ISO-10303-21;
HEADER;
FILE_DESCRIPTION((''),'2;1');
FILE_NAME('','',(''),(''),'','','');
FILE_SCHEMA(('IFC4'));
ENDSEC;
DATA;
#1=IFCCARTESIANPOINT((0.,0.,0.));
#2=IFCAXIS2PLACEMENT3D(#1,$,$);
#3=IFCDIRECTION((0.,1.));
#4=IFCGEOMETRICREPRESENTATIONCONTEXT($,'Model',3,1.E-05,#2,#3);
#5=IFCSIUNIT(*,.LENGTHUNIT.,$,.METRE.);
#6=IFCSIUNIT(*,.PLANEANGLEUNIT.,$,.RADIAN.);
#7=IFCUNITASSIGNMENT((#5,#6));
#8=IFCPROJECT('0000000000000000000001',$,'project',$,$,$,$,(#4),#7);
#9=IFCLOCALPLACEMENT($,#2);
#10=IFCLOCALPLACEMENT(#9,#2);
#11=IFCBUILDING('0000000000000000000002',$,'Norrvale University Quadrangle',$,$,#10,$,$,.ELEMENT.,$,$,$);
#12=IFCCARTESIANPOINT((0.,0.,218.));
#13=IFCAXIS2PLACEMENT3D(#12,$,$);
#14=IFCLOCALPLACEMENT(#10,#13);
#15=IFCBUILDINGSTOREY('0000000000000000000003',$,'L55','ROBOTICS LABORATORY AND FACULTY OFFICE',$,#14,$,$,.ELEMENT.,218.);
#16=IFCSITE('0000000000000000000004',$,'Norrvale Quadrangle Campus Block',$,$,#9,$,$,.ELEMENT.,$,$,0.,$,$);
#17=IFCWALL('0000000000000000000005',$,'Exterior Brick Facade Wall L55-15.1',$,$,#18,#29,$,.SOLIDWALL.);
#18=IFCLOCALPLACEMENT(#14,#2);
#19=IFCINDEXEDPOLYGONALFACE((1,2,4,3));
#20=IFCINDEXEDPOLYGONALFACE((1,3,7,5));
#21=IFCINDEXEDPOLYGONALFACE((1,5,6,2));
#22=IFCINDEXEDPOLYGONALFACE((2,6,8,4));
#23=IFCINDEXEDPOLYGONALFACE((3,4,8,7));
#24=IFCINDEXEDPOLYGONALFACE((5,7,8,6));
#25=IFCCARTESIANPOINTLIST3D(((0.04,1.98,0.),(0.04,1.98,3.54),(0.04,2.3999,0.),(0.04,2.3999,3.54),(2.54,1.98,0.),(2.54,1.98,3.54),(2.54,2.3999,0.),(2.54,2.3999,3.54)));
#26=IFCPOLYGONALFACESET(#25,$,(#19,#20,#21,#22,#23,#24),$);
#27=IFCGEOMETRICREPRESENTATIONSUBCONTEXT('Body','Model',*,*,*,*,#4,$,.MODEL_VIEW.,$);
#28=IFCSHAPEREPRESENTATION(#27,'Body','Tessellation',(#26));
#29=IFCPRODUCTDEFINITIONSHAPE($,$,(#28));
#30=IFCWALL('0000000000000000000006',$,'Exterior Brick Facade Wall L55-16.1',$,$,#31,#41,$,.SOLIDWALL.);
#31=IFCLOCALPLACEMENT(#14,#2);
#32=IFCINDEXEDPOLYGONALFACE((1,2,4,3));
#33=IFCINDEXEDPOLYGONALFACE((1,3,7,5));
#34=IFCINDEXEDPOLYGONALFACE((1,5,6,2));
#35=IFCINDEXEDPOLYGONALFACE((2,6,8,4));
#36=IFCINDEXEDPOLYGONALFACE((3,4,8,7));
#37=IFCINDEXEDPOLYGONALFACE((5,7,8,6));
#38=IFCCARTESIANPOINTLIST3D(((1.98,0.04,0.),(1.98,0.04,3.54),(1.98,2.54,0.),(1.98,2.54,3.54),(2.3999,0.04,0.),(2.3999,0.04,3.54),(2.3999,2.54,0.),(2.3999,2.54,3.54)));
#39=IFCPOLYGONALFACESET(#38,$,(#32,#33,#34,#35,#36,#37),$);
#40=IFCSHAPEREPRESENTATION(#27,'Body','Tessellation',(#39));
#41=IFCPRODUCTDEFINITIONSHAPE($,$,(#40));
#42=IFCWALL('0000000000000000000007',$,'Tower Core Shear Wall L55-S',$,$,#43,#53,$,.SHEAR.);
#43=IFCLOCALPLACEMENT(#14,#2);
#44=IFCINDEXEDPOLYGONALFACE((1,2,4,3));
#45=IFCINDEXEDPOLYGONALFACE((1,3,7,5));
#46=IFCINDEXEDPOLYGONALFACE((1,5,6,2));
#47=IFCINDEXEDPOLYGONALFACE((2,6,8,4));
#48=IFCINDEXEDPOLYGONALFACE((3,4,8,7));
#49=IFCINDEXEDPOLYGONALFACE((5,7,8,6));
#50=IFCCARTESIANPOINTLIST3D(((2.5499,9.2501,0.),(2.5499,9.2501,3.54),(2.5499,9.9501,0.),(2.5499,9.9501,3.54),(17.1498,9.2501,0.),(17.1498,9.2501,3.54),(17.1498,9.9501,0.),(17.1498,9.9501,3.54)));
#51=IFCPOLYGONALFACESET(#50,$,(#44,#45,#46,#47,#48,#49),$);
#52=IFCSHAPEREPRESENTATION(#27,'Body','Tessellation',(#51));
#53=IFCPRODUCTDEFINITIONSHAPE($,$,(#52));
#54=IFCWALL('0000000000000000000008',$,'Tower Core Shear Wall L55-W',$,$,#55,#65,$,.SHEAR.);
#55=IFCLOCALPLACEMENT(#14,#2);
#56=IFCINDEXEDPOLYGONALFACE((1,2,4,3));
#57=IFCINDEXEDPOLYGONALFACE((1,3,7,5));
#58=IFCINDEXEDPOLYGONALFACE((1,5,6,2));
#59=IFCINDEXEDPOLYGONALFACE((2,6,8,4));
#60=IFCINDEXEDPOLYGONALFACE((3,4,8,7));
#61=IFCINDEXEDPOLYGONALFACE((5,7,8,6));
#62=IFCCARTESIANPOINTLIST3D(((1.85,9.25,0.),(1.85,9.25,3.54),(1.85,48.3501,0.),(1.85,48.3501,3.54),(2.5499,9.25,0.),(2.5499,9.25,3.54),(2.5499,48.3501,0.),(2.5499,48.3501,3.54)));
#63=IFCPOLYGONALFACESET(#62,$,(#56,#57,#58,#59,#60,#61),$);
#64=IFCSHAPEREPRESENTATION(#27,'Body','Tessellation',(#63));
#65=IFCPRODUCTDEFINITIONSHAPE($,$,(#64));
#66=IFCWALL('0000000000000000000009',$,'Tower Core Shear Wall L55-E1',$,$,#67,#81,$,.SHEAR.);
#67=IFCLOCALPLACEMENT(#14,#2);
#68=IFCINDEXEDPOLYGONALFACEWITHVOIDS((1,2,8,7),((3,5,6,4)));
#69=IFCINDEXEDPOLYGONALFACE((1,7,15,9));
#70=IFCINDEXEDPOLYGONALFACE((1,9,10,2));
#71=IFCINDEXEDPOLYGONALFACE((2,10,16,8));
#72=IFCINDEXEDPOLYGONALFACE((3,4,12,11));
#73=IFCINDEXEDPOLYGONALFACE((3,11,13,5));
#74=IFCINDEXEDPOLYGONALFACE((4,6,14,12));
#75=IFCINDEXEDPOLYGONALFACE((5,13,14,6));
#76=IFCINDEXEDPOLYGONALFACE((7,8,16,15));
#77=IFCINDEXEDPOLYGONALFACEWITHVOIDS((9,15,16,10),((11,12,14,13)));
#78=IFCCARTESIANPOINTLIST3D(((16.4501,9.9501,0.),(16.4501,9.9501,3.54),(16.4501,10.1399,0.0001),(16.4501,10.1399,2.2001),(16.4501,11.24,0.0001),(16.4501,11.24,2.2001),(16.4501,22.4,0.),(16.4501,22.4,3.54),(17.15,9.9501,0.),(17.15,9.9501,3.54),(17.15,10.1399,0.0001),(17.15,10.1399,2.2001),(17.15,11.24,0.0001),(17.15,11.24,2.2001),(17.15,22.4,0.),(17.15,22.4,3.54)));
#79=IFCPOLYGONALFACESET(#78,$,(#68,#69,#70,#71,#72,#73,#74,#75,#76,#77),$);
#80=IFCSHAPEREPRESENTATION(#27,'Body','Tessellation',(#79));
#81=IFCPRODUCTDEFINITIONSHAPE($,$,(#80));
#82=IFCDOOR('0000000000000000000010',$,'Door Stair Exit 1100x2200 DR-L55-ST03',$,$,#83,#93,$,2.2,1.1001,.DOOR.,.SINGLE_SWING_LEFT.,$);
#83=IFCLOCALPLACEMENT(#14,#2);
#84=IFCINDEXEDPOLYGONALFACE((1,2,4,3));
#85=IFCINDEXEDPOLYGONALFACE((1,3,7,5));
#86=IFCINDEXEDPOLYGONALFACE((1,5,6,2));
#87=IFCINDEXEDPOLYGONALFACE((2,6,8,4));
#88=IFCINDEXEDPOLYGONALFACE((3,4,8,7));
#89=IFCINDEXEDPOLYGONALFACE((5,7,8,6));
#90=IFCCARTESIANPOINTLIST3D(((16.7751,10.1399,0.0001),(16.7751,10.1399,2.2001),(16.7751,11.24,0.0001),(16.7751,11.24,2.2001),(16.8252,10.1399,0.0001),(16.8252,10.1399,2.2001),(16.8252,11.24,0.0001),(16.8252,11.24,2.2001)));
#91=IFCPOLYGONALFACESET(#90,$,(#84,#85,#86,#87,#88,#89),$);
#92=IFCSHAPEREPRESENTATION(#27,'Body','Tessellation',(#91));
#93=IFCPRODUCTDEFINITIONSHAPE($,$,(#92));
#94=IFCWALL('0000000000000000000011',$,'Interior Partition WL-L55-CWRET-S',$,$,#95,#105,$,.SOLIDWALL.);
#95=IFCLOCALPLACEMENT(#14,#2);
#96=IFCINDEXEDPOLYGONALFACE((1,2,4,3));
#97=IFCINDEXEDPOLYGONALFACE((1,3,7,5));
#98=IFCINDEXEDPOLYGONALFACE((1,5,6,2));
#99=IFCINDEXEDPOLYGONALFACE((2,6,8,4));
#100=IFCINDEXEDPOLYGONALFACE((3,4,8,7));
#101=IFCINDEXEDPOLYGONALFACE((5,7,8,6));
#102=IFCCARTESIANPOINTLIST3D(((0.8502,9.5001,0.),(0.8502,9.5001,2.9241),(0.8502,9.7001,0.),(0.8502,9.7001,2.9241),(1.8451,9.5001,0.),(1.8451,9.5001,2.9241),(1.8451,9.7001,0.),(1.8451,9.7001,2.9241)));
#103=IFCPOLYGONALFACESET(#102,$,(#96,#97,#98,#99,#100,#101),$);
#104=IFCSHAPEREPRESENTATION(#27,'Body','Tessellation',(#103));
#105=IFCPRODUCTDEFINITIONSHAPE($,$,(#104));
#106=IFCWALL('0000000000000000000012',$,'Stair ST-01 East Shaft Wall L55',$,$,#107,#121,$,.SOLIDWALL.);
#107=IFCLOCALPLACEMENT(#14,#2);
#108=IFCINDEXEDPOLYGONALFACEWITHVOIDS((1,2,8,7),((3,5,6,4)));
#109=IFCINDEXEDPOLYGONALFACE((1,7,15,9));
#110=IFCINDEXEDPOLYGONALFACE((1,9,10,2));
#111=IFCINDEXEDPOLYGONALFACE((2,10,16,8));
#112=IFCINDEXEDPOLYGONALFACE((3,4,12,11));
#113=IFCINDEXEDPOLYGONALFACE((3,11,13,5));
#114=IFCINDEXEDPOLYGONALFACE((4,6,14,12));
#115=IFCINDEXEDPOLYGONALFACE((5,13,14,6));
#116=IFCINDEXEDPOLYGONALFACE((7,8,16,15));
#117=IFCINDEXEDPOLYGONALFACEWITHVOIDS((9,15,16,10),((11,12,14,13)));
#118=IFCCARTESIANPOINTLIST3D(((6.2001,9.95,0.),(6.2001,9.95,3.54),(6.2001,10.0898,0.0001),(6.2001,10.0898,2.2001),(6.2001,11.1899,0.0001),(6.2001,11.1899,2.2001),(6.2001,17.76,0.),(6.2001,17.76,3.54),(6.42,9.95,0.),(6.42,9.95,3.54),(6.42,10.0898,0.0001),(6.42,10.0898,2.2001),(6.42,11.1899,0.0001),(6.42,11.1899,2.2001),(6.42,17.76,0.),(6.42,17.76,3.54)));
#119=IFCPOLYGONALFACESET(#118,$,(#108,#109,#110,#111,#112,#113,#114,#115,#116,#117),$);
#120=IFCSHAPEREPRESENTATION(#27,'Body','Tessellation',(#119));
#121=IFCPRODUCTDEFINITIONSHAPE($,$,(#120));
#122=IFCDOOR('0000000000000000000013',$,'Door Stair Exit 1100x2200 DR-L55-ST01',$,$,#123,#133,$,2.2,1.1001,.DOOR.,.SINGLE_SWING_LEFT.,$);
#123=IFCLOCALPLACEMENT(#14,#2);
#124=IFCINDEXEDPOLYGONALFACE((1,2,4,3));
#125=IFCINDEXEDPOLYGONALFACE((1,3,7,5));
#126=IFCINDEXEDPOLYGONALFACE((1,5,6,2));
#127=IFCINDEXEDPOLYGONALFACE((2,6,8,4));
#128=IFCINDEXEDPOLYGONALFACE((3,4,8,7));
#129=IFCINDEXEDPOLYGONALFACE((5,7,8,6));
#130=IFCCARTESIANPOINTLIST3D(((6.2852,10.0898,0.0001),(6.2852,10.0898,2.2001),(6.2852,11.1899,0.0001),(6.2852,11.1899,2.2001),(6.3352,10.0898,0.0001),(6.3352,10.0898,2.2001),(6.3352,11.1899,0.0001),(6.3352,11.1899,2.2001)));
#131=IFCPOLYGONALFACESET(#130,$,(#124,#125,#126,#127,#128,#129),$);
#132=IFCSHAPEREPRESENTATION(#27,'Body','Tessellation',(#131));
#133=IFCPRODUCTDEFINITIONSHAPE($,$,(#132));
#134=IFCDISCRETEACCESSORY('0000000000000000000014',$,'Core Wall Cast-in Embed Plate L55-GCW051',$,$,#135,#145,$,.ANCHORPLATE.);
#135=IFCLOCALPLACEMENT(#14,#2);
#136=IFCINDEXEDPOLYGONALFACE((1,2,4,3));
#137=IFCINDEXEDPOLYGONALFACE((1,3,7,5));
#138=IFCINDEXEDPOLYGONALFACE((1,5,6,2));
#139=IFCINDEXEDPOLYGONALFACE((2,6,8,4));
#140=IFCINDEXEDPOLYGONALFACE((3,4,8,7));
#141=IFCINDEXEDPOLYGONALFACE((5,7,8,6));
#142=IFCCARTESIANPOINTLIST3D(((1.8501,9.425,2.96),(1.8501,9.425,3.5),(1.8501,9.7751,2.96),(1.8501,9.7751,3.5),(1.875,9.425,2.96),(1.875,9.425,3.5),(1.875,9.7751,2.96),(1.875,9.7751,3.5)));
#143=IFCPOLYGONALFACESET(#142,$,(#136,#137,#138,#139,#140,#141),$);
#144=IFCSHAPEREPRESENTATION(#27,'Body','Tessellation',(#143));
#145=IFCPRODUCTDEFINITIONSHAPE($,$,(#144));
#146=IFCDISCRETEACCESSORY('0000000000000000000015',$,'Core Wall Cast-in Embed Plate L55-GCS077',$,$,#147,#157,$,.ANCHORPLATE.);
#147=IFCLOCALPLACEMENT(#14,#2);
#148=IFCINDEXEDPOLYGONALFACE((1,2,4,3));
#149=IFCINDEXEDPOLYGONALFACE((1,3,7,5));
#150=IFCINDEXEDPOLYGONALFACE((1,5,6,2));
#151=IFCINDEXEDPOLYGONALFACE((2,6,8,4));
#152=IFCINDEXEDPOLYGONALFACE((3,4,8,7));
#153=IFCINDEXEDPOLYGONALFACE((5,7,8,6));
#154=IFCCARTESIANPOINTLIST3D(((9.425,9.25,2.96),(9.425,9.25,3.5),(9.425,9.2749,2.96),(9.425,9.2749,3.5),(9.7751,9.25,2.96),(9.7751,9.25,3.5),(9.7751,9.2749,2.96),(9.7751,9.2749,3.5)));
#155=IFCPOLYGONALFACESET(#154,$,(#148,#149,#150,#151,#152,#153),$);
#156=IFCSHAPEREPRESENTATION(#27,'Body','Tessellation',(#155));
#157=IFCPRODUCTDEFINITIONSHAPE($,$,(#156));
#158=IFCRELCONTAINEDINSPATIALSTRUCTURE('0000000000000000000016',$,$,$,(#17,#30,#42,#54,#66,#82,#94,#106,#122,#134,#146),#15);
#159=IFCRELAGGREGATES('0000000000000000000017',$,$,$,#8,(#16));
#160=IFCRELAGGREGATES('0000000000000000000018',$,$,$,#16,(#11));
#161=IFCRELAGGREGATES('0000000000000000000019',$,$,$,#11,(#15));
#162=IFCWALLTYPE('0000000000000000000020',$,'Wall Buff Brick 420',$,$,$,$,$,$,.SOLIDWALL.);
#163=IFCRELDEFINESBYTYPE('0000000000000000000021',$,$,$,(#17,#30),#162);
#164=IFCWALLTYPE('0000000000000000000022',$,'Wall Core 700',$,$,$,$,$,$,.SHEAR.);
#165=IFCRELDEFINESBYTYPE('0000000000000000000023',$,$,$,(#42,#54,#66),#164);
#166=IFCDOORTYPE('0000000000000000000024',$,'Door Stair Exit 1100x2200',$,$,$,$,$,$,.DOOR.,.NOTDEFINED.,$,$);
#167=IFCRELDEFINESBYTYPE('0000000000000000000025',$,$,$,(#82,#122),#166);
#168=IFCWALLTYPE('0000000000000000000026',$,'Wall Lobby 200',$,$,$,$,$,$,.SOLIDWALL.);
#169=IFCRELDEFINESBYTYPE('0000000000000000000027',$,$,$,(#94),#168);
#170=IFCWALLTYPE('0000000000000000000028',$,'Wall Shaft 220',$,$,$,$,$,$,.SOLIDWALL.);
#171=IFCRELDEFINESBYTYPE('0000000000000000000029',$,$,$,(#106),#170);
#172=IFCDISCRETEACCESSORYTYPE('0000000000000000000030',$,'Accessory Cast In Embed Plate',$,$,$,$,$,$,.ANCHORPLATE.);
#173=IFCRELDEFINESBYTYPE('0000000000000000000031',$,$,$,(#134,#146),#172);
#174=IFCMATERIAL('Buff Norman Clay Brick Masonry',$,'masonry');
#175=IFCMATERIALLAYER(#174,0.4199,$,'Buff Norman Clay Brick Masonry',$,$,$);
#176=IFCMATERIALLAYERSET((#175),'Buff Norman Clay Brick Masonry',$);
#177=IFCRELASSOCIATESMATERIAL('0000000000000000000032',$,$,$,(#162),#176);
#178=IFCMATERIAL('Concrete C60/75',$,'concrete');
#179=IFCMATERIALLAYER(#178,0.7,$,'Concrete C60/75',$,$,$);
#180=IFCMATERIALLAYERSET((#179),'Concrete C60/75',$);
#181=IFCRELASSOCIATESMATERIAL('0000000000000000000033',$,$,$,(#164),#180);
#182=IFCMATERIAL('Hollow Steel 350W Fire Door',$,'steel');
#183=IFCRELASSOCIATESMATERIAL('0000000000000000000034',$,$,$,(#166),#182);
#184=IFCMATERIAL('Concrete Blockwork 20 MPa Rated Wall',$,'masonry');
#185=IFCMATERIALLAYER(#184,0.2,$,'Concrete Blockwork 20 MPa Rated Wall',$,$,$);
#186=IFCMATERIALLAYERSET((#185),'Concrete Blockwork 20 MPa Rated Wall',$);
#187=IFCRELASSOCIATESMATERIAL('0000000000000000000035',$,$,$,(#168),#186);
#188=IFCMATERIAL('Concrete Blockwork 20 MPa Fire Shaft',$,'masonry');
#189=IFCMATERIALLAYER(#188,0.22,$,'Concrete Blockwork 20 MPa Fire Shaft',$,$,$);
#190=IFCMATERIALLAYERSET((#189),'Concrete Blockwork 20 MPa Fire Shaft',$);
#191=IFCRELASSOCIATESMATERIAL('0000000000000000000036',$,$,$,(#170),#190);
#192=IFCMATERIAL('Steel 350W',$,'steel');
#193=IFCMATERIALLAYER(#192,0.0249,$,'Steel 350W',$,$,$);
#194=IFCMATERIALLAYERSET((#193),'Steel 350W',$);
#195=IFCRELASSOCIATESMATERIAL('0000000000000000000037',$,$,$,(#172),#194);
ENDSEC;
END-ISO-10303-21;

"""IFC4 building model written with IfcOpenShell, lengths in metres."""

from ifc_helpers import new_model, si_unit, direction, frame, frame_2d, origin, origin_2d, place, context, subcontext, project, spatial, rectangle, extrude, material, layer, layer_set, type_object, element, fill, save


model = new_model("IFC4")

# Units and contexts
model_context = context("Model", 3, precision=1e-05, world=origin(), true_north=direction((0.0, 1.0)))
body_context = subcontext(model_context, "Body", "Model", "MODEL_VIEW")
ifc_project = project(units=[si_unit("LENGTHUNIT", "METRE"), si_unit("PLANEANGLEUNIT", "RADIAN")], contexts=[model_context])

# Site, building, storey
site_placement = place(None, origin())
site = spatial("IfcSite", under=ifc_project, at=site_placement, Name="Norrvale Quadrangle Campus Block", CompositionType="ELEMENT", RefElevation=0.0)
building_placement = place(site_placement, origin())
building = spatial("IfcBuilding", under=site, at=building_placement, Name="Norrvale University Quadrangle", CompositionType="ELEMENT")
storey_placement = place(building_placement, frame((0.0, 0.0, 218.0)))
storey = spatial("IfcBuildingStorey", under=building, at=storey_placement, Name="L55", Description="ROBOTICS LABORATORY AND FACULTY OFFICE", CompositionType="ELEMENT", Elevation=218.0)

# Shared definitions
ifc_material_1 = material(Name="Concrete C60/75", Category="concrete")

# Shared definitions
ifc_material_2 = material(Name="Steel 350W", Category="steel")

# Shared definitions
ifc_material_3 = material(Name="Buff Norman Clay Brick Masonry", Category="masonry")
ifc_layer_1 = layer(ifc_material_3, 0.4199, Name="Buff Norman Clay Brick Masonry")
ifc_layer_set_1 = layer_set([ifc_layer_1], Name="Buff Norman Clay Brick Masonry")
wall_type_1 = type_object("IfcWallType", Name="Wall Buff Brick 420", PredefinedType="SOLIDWALL", material=ifc_layer_set_1)

# Walls
for number, where, z_axis, x_axis, name in (
    (1, (0.04, 2.1899, 0.0), (0.0, 0.0, 1.0), (1.0, 0.0, 0.0), "Exterior Brick Facade Wall L55-15.1"),
    (2, (2.1899, 2.54, 0.0), (0.0, 0.0, 1.0), (0.0, -1.0, 0.0), "Exterior Brick Facade Wall L55-16.1"),
):
    element("IfcWall", number, at=place(storey_placement, frame(where, z_axis=z_axis, x_axis=x_axis)), inside=storey, type_object=wall_type_1, Name=name, PredefinedType="SOLIDWALL", context=body_context, shape_type="SweptSolid", body=[
        extrude(rectangle(XDim=2.5, YDim=0.4199, at=frame_2d((1.25, 0.0))), origin(), (0.0, 0.0, 1.0), 3.54),
    ])
ifc_layer_2 = layer(ifc_material_1, 0.7, Name="Concrete C60/75")
ifc_layer_set_2 = layer_set([ifc_layer_2], Name="Concrete C60/75")
wall_type_2 = type_object("IfcWallType", Name="Wall Core 700", PredefinedType="SHEAR", material=ifc_layer_set_2)
wall_1_placement = place(storey_placement, frame((2.55, 9.6001, 0.0), z_axis=(0.0, 0.0, 1.0), x_axis=(1.0, 0.0, 0.0)))
element("IfcWall", 3, at=wall_1_placement, inside=storey, type_object=wall_type_2, Name="Tower Core Shear Wall L55-S", PredefinedType="SHEAR", context=body_context, shape_type="SweptSolid", body=[
    extrude(rectangle(XDim=14.5999, YDim=0.7, at=frame_2d((7.2998, 0.0))), origin(), (0.0, 0.0, 1.0), 3.54),
])
wall_2_placement = place(storey_placement, frame((2.2, 9.25, 0.0), z_axis=(0.0, 0.0, 1.0), x_axis=(0.0, 1.0, 0.0)))
element("IfcWall", 4, at=wall_2_placement, inside=storey, type_object=wall_type_2, Name="Tower Core Shear Wall L55-W", PredefinedType="SHEAR", context=body_context, shape_type="SweptSolid", body=[
    extrude(rectangle(XDim=39.1001, YDim=0.7, at=frame_2d((19.55, 0.0))), origin(), (0.0, 0.0, 1.0), 3.54),
])

# Wall, opening, door
wall_3_placement = place(storey_placement, frame((16.8, 9.95, 0.0), z_axis=(0.0, 0.0, 1.0), x_axis=(0.0, 1.0, 0.0)))
wall_3 = element("IfcWall", 5, at=wall_3_placement, inside=storey, type_object=wall_type_2, Name="Tower Core Shear Wall L55-E1", PredefinedType="SHEAR", context=body_context, shape_type="SweptSolid", body=[
    extrude(rectangle(XDim=12.45, YDim=0.7, at=frame_2d((6.2251, 0.0))), origin(), (0.0, 0.0, 1.0), 3.54),
])
opening_1_placement = place(wall_3_placement, frame((0.1899, 0.0, 0.0)))
opening_1 = element("IfcOpeningElement", 6, at=opening_1_placement, cuts=wall_3, PredefinedType="OPENING", context=body_context, shape_type="SweptSolid", body=[
    extrude(rectangle(XDim=1.1001, YDim=2.2, at=frame_2d((0.55, 1.1001))), frame((0.0, 0.3621, 0.0), z_axis=(0.0, -1.0, 0.0), x_axis=(1.0, 0.0, 0.0)), (0.0, 0.0, 1.0), 0.7239),
])
ifc_material_4 = material(Name="Hollow Steel 350W Fire Door", Category="steel")
door_type = type_object("IfcDoorType", Name="Door Stair Exit 1100x2200", OperationType="NOTDEFINED", PredefinedType="DOOR", material=ifc_material_4)
door_1_placement = place(opening_1_placement, origin())
door_1 = element("IfcDoor", 7, at=door_1_placement, inside=storey, type_object=door_type, Name="Door Stair Exit 1100x2200 DR-L55-ST03", OperationType="SINGLE_SWING_LEFT", OverallHeight=2.2, OverallWidth=1.1001, PredefinedType="DOOR", context=body_context, shape_type="SweptSolid", body=[
    extrude(rectangle(XDim=1.1001, YDim=2.2, at=frame_2d((0.55, 1.1001))), frame((0.0, 0.0249, 0.0), z_axis=(0.0, -1.0, 0.0), x_axis=(1.0, 0.0, 0.0)), (0.0, 0.0, 1.0), 0.05),
])
fill(opening_1, door_1)

# Wall
ifc_material_5 = material(Name="Concrete Blockwork 20 MPa Rated Wall", Category="masonry")
ifc_layer_3 = layer(ifc_material_5, 0.2, Name="Concrete Blockwork 20 MPa Rated Wall")
ifc_layer_set_3 = layer_set([ifc_layer_3], Name="Concrete Blockwork 20 MPa Rated Wall")
wall_type_3 = type_object("IfcWallType", Name="Wall Lobby 200", PredefinedType="SOLIDWALL", material=ifc_layer_set_3)
wall_4_placement = place(storey_placement, frame((0.8501, 9.6001, 0.0), z_axis=(0.0, 0.0, 1.0), x_axis=(1.0, 0.0, 0.0)))
element("IfcWall", 8, at=wall_4_placement, inside=storey, type_object=wall_type_3, Name="Interior Partition WL-L55-CWRET-S", PredefinedType="SOLIDWALL", context=body_context, shape_type="SweptSolid", body=[
    extrude(rectangle(XDim=0.9949, YDim=0.2, at=frame_2d((0.4976, 0.0))), origin(), (0.0, 0.0, 1.0), 2.9241),
])

# Wall, opening, door
ifc_material_6 = material(Name="Concrete Blockwork 20 MPa Fire Shaft", Category="masonry")
ifc_layer_4 = layer(ifc_material_6, 0.22, Name="Concrete Blockwork 20 MPa Fire Shaft")
ifc_layer_set_4 = layer_set([ifc_layer_4], Name="Concrete Blockwork 20 MPa Fire Shaft")
wall_type_4 = type_object("IfcWallType", Name="Wall Shaft 220", PredefinedType="SOLIDWALL", material=ifc_layer_set_4)
wall_5_placement = place(storey_placement, frame((6.3101, 9.95, 0.0), z_axis=(0.0, 0.0, 1.0), x_axis=(0.0, 1.0, 0.0)))
wall_5 = element("IfcWall", 9, at=wall_5_placement, inside=storey, type_object=wall_type_4, Name="Stair ST-01 East Shaft Wall L55", PredefinedType="SOLIDWALL", context=body_context, shape_type="SweptSolid", body=[
    extrude(rectangle(XDim=7.8101, YDim=0.22, at=frame_2d((3.905, 0.0))), origin(), (0.0, 0.0, 1.0), 3.54),
])
opening_2_placement = place(wall_5_placement, frame((0.1399, 0.0, 0.0)))
opening_2 = element("IfcOpeningElement", 10, at=opening_2_placement, cuts=wall_5, PredefinedType="OPENING", context=body_context, shape_type="SweptSolid", body=[
    extrude(rectangle(XDim=1.1001, YDim=2.2, at=frame_2d((0.55, 1.1001))), frame((0.0, 0.1221, 0.0), z_axis=(0.0, -1.0, 0.0), x_axis=(1.0, 0.0, 0.0)), (0.0, 0.0, 1.0), 0.2439),
])
door_2_placement = place(opening_2_placement, origin())
door_2 = element("IfcDoor", 11, at=door_2_placement, inside=storey, type_object=door_type, Name="Door Stair Exit 1100x2200 DR-L55-ST01", OperationType="SINGLE_SWING_LEFT", OverallHeight=2.2, OverallWidth=1.1001, PredefinedType="DOOR", context=body_context, shape_type="SweptSolid", body=[
    extrude(rectangle(XDim=1.1001, YDim=2.2, at=frame_2d((0.55, 1.1001))), frame((0.0, 0.0249, 0.0), z_axis=(0.0, -1.0, 0.0), x_axis=(1.0, 0.0, 0.0)), (0.0, 0.0, 1.0), 0.05),
])
fill(opening_2, door_2)

# Discrete accessories
ifc_layer_5 = layer(ifc_material_2, 0.0249, Name="Steel 350W")
ifc_layer_set_5 = layer_set([ifc_layer_5], Name="Steel 350W")
discrete_accessory_type = type_object("IfcDiscreteAccessoryType", Name="Accessory Cast In Embed Plate", PredefinedType="ANCHORPLATE", material=ifc_layer_set_5)
discrete_accessory_1_placement = place(storey_placement, frame((1.8625, 9.6001, 2.96), z_axis=(0.0, 0.0, 1.0), x_axis=(1.0, 0.0, 0.0)))
element("IfcDiscreteAccessory", 12, at=discrete_accessory_1_placement, inside=storey, type_object=discrete_accessory_type, Name="Core Wall Cast-in Embed Plate L55-GCW051", PredefinedType="ANCHORPLATE", context=body_context, shape_type="SweptSolid", body=[
    extrude(rectangle(XDim=0.0249, YDim=0.3501, at=origin_2d()), origin(), (0.0, 0.0, 1.0), 0.54),
])
discrete_accessory_2_placement = place(storey_placement, frame((9.6001, 9.2625, 2.96), z_axis=(0.0, 0.0, 1.0), x_axis=(1.0, 0.0, 0.0)))
element("IfcDiscreteAccessory", 13, at=discrete_accessory_2_placement, inside=storey, type_object=discrete_accessory_type, Name="Core Wall Cast-in Embed Plate L55-GCS077", PredefinedType="ANCHORPLATE", context=body_context, shape_type="SweptSolid", body=[
    extrude(rectangle(XDim=0.3501, YDim=0.0249, at=origin_2d()), origin(), (0.0, 0.0, 1.0), 0.54),
])

save(model, "model.ifc")
